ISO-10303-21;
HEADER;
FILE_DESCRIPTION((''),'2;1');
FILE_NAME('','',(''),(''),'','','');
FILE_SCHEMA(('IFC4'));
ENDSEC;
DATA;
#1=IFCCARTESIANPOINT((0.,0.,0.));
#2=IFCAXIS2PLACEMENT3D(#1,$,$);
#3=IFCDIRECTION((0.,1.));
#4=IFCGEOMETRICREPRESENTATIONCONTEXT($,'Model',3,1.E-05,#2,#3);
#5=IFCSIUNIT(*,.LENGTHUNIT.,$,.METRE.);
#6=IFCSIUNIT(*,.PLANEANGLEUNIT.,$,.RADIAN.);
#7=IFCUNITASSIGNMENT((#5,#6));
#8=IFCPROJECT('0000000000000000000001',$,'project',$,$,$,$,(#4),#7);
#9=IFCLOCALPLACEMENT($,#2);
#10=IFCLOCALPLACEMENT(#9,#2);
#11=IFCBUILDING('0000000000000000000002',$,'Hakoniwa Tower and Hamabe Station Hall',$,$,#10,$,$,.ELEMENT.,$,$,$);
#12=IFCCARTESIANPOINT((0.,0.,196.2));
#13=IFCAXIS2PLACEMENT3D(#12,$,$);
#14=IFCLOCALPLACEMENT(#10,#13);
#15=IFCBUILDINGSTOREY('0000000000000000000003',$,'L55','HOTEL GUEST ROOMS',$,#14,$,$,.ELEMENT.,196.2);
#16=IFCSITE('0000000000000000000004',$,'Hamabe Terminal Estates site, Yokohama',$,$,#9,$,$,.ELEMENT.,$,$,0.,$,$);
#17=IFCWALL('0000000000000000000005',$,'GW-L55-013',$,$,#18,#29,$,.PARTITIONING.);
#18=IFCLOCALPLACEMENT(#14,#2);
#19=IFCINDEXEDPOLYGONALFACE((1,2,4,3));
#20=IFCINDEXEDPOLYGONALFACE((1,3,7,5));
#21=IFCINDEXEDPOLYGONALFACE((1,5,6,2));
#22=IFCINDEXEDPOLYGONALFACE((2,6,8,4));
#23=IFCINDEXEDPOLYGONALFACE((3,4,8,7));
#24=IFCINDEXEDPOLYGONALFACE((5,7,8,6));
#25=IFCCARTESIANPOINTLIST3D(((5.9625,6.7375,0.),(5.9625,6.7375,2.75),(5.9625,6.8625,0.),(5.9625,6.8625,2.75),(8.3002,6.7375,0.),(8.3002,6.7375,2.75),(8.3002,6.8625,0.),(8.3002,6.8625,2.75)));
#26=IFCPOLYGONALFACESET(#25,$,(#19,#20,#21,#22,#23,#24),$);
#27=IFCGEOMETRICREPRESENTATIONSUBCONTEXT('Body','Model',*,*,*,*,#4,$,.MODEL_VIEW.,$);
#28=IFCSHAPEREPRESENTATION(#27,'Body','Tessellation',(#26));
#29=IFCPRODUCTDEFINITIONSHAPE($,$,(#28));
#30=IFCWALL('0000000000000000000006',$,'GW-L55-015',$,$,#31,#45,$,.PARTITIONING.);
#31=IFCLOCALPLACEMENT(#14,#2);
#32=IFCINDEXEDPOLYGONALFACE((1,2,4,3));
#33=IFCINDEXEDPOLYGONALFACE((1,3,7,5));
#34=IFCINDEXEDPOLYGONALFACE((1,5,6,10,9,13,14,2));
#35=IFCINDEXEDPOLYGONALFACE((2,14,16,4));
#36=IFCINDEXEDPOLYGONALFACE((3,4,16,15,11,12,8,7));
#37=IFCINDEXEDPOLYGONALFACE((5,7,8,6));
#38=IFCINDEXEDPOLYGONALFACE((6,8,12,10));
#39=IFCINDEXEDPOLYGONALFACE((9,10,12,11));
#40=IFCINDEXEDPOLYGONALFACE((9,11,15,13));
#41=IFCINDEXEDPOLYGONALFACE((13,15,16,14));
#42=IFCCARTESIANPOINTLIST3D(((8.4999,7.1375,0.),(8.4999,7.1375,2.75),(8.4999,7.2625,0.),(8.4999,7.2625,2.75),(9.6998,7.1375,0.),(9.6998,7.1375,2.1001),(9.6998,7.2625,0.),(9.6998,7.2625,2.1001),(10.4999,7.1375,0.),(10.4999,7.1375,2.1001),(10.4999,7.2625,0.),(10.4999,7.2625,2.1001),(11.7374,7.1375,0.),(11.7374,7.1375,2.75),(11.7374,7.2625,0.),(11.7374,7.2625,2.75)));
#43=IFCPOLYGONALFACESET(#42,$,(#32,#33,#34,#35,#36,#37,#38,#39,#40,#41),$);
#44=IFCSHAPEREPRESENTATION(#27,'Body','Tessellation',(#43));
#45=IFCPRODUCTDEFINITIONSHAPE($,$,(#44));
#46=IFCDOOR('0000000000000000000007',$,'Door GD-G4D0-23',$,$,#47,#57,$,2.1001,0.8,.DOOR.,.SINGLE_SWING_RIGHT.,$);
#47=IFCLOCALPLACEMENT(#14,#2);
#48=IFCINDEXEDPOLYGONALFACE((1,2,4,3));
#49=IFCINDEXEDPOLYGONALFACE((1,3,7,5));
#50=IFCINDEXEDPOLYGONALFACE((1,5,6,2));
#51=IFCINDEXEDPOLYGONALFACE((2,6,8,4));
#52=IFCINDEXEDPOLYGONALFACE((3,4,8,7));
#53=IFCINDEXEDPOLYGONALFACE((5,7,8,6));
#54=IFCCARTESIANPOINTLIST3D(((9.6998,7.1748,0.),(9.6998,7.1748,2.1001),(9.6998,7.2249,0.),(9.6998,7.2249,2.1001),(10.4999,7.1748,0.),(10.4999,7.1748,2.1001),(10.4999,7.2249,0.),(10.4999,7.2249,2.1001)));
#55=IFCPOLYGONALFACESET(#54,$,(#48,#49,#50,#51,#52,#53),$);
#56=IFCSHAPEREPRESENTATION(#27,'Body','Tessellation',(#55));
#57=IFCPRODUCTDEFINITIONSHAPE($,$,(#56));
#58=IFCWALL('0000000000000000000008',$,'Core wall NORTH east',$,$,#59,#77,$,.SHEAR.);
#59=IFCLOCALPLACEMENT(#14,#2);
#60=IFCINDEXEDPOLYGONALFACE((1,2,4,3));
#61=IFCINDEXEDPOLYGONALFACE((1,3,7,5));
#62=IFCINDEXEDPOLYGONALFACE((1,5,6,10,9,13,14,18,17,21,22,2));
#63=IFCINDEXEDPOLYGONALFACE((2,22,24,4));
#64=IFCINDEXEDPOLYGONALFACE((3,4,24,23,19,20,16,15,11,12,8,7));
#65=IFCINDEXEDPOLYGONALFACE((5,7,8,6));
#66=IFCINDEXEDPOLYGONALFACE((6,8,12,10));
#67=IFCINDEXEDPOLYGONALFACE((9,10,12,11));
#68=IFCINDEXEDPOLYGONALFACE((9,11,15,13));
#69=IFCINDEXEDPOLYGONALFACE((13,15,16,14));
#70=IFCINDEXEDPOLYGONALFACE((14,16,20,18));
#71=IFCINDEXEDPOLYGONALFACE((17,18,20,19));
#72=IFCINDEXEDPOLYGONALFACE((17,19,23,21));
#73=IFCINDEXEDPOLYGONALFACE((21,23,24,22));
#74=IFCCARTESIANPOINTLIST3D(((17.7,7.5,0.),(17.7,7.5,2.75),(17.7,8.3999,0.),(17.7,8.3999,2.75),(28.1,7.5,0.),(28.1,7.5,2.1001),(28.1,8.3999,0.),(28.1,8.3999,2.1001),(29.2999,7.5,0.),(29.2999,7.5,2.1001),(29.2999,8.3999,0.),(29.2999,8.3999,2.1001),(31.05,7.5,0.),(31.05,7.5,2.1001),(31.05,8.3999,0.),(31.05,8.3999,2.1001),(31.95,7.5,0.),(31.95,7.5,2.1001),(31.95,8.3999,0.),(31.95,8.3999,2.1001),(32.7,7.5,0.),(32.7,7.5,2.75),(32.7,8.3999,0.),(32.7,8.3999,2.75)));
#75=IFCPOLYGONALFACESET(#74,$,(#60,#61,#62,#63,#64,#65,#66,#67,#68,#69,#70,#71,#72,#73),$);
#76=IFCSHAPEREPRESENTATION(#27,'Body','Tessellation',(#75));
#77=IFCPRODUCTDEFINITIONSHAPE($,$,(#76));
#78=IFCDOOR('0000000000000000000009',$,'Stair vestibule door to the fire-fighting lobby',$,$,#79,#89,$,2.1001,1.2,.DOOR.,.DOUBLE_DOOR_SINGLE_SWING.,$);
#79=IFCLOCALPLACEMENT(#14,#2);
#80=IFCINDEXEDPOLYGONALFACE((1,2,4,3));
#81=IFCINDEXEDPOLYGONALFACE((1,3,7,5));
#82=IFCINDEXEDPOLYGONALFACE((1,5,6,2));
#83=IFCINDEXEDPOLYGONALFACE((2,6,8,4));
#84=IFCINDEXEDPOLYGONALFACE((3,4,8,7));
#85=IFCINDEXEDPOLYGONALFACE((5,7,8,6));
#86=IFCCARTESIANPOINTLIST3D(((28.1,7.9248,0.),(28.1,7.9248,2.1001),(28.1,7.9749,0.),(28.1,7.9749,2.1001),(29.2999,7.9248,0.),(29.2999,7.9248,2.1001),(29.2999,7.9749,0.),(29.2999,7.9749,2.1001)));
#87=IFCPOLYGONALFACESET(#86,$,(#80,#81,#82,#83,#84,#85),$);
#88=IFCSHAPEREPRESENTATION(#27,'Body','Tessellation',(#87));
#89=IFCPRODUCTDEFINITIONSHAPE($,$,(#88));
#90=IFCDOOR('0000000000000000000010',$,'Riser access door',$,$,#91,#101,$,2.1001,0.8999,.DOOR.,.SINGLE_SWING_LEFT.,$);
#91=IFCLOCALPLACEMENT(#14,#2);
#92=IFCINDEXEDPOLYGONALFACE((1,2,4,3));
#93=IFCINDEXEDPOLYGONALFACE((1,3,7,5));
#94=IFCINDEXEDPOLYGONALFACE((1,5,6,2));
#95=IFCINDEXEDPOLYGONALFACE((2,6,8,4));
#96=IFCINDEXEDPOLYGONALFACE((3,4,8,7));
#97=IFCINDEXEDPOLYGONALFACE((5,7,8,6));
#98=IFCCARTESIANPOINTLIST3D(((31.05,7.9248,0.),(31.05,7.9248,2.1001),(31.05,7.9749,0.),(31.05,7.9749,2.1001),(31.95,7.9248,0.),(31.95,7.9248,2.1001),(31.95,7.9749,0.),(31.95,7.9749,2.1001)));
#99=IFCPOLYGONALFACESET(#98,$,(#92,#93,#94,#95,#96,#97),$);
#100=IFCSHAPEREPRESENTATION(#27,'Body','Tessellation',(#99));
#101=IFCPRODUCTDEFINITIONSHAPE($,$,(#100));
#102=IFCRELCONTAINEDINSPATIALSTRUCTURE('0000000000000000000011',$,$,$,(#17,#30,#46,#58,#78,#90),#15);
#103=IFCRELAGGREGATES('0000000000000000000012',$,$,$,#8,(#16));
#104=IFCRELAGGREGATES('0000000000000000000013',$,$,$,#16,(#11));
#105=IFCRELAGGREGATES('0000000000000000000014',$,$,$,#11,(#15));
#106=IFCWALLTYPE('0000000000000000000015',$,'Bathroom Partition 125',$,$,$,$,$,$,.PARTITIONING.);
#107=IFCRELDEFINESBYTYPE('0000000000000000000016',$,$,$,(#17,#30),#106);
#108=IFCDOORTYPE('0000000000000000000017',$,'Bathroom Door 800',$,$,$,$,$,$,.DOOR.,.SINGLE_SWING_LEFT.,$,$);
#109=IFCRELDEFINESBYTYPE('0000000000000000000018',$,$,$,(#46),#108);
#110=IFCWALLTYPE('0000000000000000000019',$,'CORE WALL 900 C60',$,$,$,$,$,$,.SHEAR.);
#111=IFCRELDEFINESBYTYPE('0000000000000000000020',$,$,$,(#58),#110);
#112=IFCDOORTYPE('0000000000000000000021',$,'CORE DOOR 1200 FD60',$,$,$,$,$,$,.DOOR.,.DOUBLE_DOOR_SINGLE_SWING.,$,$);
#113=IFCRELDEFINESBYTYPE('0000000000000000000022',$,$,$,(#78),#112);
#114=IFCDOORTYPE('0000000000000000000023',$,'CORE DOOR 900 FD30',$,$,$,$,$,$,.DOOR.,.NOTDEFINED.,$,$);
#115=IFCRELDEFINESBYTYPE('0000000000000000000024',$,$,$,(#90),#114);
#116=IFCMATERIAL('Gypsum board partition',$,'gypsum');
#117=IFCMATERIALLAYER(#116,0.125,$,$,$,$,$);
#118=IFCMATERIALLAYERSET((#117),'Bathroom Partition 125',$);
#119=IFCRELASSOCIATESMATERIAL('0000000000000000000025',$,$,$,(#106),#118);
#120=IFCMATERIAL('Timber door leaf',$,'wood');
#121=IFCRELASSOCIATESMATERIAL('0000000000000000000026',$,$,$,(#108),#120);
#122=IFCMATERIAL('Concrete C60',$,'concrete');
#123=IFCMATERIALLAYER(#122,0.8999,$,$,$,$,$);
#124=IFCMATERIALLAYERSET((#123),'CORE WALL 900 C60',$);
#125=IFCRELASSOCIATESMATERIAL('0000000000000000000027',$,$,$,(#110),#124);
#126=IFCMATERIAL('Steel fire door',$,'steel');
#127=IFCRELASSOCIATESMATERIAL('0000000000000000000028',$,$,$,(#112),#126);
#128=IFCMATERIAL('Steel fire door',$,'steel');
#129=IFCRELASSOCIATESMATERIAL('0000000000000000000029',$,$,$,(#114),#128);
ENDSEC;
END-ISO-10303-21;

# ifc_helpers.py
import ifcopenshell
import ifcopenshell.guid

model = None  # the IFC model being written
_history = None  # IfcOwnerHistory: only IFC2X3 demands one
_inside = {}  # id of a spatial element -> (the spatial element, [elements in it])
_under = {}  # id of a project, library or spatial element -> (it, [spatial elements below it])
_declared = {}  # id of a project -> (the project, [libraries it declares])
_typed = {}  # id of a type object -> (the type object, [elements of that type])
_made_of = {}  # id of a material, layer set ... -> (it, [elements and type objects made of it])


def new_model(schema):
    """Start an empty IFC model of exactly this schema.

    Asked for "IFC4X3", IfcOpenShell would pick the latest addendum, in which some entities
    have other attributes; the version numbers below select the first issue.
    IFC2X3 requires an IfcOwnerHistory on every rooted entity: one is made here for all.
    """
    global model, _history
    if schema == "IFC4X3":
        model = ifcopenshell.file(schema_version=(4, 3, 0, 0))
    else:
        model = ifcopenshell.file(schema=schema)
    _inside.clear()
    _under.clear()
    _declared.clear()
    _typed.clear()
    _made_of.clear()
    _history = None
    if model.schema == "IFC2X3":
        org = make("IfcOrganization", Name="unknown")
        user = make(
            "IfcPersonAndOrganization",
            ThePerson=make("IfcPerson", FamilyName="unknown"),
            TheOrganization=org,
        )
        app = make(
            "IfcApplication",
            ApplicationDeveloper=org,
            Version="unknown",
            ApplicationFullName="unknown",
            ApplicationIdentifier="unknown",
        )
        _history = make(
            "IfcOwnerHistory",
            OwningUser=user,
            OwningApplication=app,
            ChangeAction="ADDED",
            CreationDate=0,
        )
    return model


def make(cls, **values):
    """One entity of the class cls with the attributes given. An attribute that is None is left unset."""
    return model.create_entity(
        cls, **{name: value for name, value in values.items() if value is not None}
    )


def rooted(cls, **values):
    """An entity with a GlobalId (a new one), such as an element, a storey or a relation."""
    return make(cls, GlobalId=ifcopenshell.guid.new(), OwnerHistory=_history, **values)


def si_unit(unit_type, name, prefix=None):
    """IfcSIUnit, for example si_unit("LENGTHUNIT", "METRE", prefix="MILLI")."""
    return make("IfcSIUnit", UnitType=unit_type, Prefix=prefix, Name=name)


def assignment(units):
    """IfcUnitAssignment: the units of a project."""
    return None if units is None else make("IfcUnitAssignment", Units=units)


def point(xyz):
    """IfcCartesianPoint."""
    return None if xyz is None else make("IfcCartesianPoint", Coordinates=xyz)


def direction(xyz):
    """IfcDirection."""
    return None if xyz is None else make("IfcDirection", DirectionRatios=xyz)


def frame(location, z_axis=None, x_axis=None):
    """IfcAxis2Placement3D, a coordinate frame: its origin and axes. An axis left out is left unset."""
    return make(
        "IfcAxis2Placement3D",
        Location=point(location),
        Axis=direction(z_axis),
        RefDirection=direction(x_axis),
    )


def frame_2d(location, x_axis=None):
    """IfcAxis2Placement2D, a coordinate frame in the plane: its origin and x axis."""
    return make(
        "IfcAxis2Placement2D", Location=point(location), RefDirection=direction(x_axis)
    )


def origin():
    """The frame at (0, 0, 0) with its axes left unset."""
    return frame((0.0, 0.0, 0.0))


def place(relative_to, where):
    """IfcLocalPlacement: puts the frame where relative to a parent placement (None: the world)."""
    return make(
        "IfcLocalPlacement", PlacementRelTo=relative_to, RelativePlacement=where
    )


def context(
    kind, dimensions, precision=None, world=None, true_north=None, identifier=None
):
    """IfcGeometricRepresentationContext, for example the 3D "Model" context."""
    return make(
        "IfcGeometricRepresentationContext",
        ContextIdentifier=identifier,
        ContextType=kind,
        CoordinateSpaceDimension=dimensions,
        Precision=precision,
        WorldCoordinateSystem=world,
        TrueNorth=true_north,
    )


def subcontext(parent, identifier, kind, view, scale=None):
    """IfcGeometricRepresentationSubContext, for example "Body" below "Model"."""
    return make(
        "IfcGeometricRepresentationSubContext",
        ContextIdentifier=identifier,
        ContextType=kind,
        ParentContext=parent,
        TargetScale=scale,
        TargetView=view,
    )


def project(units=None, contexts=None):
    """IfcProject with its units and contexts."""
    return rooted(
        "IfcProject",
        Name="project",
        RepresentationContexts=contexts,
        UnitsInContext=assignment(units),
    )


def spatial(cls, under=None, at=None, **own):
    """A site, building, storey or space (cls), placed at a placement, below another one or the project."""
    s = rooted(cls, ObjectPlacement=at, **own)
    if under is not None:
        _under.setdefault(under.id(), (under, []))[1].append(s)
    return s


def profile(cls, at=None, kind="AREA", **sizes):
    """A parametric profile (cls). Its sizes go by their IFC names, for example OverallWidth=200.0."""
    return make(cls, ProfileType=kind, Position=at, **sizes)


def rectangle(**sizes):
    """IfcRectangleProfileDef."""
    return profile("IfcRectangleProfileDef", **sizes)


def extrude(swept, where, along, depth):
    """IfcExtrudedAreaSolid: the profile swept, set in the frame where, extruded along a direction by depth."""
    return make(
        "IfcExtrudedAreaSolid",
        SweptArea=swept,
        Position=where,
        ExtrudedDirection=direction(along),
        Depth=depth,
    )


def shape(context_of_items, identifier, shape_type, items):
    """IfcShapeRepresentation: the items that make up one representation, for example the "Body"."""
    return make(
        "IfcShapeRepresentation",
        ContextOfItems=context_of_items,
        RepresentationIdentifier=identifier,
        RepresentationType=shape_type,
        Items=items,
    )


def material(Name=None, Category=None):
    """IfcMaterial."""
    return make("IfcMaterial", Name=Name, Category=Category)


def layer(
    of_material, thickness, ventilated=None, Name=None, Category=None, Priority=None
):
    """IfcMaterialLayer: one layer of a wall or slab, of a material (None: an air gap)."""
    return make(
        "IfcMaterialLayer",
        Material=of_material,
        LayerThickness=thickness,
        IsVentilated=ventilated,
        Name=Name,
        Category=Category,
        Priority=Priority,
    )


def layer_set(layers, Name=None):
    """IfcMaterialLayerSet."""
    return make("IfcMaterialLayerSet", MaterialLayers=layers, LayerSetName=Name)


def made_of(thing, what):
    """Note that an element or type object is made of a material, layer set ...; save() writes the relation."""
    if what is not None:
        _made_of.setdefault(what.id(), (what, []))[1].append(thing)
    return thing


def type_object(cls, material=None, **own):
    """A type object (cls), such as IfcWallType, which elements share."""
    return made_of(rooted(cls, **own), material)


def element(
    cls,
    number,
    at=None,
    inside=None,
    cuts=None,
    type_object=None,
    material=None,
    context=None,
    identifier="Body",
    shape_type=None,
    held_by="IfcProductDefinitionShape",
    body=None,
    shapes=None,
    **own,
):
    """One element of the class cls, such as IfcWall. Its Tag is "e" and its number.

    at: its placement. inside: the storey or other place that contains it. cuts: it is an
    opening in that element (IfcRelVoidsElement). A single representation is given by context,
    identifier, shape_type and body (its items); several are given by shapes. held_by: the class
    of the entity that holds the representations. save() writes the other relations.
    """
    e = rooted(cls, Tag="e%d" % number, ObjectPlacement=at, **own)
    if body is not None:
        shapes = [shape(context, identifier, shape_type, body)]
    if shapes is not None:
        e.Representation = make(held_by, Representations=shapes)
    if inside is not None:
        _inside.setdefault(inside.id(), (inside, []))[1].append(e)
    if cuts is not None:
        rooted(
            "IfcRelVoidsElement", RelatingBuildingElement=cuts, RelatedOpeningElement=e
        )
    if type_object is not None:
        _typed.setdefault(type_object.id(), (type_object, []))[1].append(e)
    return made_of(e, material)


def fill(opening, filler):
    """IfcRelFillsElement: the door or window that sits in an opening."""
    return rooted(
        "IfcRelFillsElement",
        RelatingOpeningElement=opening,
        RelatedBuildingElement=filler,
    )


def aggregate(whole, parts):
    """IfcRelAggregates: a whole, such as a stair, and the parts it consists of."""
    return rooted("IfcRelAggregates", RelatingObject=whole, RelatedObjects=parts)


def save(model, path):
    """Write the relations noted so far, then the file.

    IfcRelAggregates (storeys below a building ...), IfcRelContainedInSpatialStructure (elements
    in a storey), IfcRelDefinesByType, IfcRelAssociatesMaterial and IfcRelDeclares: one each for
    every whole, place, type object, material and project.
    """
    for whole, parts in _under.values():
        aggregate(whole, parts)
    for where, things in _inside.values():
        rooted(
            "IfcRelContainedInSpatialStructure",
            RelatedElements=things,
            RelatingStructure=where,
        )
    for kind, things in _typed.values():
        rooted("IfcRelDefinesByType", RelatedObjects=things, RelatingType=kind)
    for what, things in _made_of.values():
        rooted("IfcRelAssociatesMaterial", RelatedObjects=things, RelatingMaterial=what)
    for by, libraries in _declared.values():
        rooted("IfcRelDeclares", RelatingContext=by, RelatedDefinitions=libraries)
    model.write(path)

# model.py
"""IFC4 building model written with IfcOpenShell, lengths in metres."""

from ifc_helpers import new_model, si_unit, direction, frame, frame_2d, origin, place, context, subcontext, project, spatial, rectangle, extrude, material, layer, layer_set, type_object, element, fill, save


model = new_model("IFC4")

# Units and contexts
model_context = context("Model", 3, precision=1e-05, world=origin(), true_north=direction((0.0, 1.0)))
body_context = subcontext(model_context, "Body", "Model", "MODEL_VIEW")
ifc_project = project(units=[si_unit("LENGTHUNIT", "METRE"), si_unit("PLANEANGLEUNIT", "RADIAN")], contexts=[model_context])

# Site, building, storey
site_placement = place(None, origin())
site = spatial("IfcSite", under=ifc_project, at=site_placement, Name="Hamabe Terminal Estates site, Yokohama", CompositionType="ELEMENT", RefElevation=0.0)
building_placement = place(site_placement, origin())
building = spatial("IfcBuilding", under=site, at=building_placement, Name="Hakoniwa Tower and Hamabe Station Hall", CompositionType="ELEMENT")
storey_placement = place(building_placement, frame((0.0, 0.0, 196.2)))
storey = spatial("IfcBuildingStorey", under=building, at=storey_placement, Name="L55", Description="HOTEL GUEST ROOMS", CompositionType="ELEMENT", Elevation=196.2)

# Wall
ifc_material_1 = material(Name="Gypsum board partition", Category="gypsum")
ifc_layer_1 = layer(ifc_material_1, 0.125)
ifc_layer_set_1 = layer_set([ifc_layer_1], Name="Bathroom Partition 125")
wall_type_1 = type_object("IfcWallType", Name="Bathroom Partition 125", PredefinedType="PARTITIONING", material=ifc_layer_set_1)
wall_1_placement = place(storey_placement, frame((5.9624, 6.8, 0.0), z_axis=(0.0, 0.0, 1.0), x_axis=(1.0, 0.0, 0.0)))
element("IfcWall", 1, at=wall_1_placement, inside=storey, type_object=wall_type_1, Name="GW-L55-013", PredefinedType="PARTITIONING", context=body_context, shape_type="SweptSolid", body=[
    extrude(rectangle(XDim=2.3376, YDim=0.125, at=frame_2d((1.1689, 0.0))), origin(), (0.0, 0.0, 1.0), 2.75),
])

# Wall, opening, door
wall_2_placement = place(storey_placement, frame((8.5, 7.2, 0.0), z_axis=(0.0, 0.0, 1.0), x_axis=(1.0, 0.0, 0.0)))
wall_2 = element("IfcWall", 2, at=wall_2_placement, inside=storey, type_object=wall_type_1, Name="GW-L55-015", PredefinedType="PARTITIONING", context=body_context, shape_type="SweptSolid", body=[
    extrude(rectangle(XDim=3.2375, YDim=0.125, at=frame_2d((1.6187, 0.0))), origin(), (0.0, 0.0, 1.0), 2.75),
])
opening_1_placement = place(wall_2_placement, frame((1.2, 0.0, 0.0)))
opening_1 = element("IfcOpeningElement", 3, at=opening_1_placement, cuts=wall_2, PredefinedType="OPENING", context=body_context, shape_type="SweptSolid", body=[
    extrude(rectangle(XDim=0.8, YDim=2.1001, at=frame_2d((0.3999, 1.05))), frame((0.0, 0.0725, 0.0), z_axis=(0.0, -1.0, 0.0), x_axis=(1.0, 0.0, 0.0)), (0.0, 0.0, 1.0), 0.145),
])
ifc_material_2 = material(Name="Timber door leaf", Category="wood")
door_type_1 = type_object("IfcDoorType", Name="Bathroom Door 800", OperationType="SINGLE_SWING_LEFT", PredefinedType="DOOR", material=ifc_material_2)
door_1_placement = place(opening_1_placement, origin())
door_1 = element("IfcDoor", 4, at=door_1_placement, inside=storey, type_object=door_type_1, Name="Door GD-G4D0-23", OperationType="SINGLE_SWING_RIGHT", OverallHeight=2.1001, OverallWidth=0.8, PredefinedType="DOOR", context=body_context, shape_type="SweptSolid", body=[
    extrude(rectangle(XDim=0.8, YDim=2.1001, at=frame_2d((0.3999, 1.05))), frame((0.0, 0.0249, 0.0), z_axis=(0.0, -1.0, 0.0), x_axis=(1.0, 0.0, 0.0)), (0.0, 0.0, 1.0), 0.05),
])
fill(opening_1, door_1)

# Wall, openings, doors
ifc_material_3 = material(Name="Concrete C60", Category="concrete")
ifc_layer_2 = layer(ifc_material_3, 0.8999)
ifc_layer_set_2 = layer_set([ifc_layer_2], Name="CORE WALL 900 C60")
wall_type_2 = type_object("IfcWallType", Name="CORE WALL 900 C60", PredefinedType="SHEAR", material=ifc_layer_set_2)
wall_3_placement = place(storey_placement, frame((17.7, 7.95, 0.0), z_axis=(0.0, 0.0, 1.0), x_axis=(1.0, 0.0, 0.0)))
wall_3 = element("IfcWall", 5, at=wall_3_placement, inside=storey, type_object=wall_type_2, Name="Core wall NORTH east", PredefinedType="SHEAR", context=body_context, shape_type="SweptSolid", body=[
    extrude(rectangle(XDim=15.0, YDim=0.8999, at=frame_2d((7.5, 0.0))), origin(), (0.0, 0.0, 1.0), 2.75),
])
opening_2_placement = place(wall_3_placement, frame((10.3999, 0.0, 0.0)))
opening_2 = element("IfcOpeningElement", 6, at=opening_2_placement, cuts=wall_3, PredefinedType="OPENING", context=body_context, shape_type="SweptSolid", body=[
    extrude(rectangle(XDim=1.2, YDim=2.1001, at=frame_2d((0.6001, 1.05))), frame((0.0, 0.46, 0.0), z_axis=(0.0, -1.0, 0.0), x_axis=(1.0, 0.0, 0.0)), (0.0, 0.0, 1.0), 0.9199),
])
opening_3_placement = place(wall_3_placement, frame((13.3501, 0.0, 0.0)))
opening_3 = element("IfcOpeningElement", 7, at=opening_3_placement, cuts=wall_3, PredefinedType="OPENING", context=body_context, shape_type="SweptSolid", body=[
    extrude(rectangle(XDim=0.8999, YDim=2.1001, at=frame_2d((0.45, 1.05))), frame((0.0, 0.46, 0.0), z_axis=(0.0, -1.0, 0.0), x_axis=(1.0, 0.0, 0.0)), (0.0, 0.0, 1.0), 0.9199),
])
ifc_material_4 = material(Name="Steel fire door", Category="steel")
door_type_2 = type_object("IfcDoorType", Name="CORE DOOR 1200 FD60", OperationType="DOUBLE_DOOR_SINGLE_SWING", PredefinedType="DOOR", material=ifc_material_4)
door_2_placement = place(opening_2_placement, origin())
door_2 = element("IfcDoor", 8, at=door_2_placement, inside=storey, type_object=door_type_2, Name="Stair vestibule door to the fire-fighting lobby", OperationType="DOUBLE_DOOR_SINGLE_SWING", OverallHeight=2.1001, OverallWidth=1.2, PredefinedType="DOOR", context=body_context, shape_type="SweptSolid", body=[
    extrude(rectangle(XDim=1.2, YDim=2.1001, at=frame_2d((0.6001, 1.05))), frame((0.0, 0.0249, 0.0), z_axis=(0.0, -1.0, 0.0), x_axis=(1.0, 0.0, 0.0)), (0.0, 0.0, 1.0), 0.05),
])
fill(opening_2, door_2)
ifc_material_5 = material(Name="Steel fire door", Category="steel")
door_type_3 = type_object("IfcDoorType", Name="CORE DOOR 900 FD30", OperationType="NOTDEFINED", PredefinedType="DOOR", material=ifc_material_5)
door_3_placement = place(opening_3_placement, origin())
door_3 = element("IfcDoor", 9, at=door_3_placement, inside=storey, type_object=door_type_3, Name="Riser access door", OperationType="SINGLE_SWING_LEFT", OverallHeight=2.1001, OverallWidth=0.8999, PredefinedType="DOOR", context=body_context, shape_type="SweptSolid", body=[
    extrude(rectangle(XDim=0.8999, YDim=2.1001, at=frame_2d((0.45, 1.05))), frame((0.0, 0.0249, 0.0), z_axis=(0.0, -1.0, 0.0), x_axis=(1.0, 0.0, 0.0)), (0.0, 0.0, 1.0), 0.05),
])
fill(opening_3, door_3)

save(model, "model.ifc")
